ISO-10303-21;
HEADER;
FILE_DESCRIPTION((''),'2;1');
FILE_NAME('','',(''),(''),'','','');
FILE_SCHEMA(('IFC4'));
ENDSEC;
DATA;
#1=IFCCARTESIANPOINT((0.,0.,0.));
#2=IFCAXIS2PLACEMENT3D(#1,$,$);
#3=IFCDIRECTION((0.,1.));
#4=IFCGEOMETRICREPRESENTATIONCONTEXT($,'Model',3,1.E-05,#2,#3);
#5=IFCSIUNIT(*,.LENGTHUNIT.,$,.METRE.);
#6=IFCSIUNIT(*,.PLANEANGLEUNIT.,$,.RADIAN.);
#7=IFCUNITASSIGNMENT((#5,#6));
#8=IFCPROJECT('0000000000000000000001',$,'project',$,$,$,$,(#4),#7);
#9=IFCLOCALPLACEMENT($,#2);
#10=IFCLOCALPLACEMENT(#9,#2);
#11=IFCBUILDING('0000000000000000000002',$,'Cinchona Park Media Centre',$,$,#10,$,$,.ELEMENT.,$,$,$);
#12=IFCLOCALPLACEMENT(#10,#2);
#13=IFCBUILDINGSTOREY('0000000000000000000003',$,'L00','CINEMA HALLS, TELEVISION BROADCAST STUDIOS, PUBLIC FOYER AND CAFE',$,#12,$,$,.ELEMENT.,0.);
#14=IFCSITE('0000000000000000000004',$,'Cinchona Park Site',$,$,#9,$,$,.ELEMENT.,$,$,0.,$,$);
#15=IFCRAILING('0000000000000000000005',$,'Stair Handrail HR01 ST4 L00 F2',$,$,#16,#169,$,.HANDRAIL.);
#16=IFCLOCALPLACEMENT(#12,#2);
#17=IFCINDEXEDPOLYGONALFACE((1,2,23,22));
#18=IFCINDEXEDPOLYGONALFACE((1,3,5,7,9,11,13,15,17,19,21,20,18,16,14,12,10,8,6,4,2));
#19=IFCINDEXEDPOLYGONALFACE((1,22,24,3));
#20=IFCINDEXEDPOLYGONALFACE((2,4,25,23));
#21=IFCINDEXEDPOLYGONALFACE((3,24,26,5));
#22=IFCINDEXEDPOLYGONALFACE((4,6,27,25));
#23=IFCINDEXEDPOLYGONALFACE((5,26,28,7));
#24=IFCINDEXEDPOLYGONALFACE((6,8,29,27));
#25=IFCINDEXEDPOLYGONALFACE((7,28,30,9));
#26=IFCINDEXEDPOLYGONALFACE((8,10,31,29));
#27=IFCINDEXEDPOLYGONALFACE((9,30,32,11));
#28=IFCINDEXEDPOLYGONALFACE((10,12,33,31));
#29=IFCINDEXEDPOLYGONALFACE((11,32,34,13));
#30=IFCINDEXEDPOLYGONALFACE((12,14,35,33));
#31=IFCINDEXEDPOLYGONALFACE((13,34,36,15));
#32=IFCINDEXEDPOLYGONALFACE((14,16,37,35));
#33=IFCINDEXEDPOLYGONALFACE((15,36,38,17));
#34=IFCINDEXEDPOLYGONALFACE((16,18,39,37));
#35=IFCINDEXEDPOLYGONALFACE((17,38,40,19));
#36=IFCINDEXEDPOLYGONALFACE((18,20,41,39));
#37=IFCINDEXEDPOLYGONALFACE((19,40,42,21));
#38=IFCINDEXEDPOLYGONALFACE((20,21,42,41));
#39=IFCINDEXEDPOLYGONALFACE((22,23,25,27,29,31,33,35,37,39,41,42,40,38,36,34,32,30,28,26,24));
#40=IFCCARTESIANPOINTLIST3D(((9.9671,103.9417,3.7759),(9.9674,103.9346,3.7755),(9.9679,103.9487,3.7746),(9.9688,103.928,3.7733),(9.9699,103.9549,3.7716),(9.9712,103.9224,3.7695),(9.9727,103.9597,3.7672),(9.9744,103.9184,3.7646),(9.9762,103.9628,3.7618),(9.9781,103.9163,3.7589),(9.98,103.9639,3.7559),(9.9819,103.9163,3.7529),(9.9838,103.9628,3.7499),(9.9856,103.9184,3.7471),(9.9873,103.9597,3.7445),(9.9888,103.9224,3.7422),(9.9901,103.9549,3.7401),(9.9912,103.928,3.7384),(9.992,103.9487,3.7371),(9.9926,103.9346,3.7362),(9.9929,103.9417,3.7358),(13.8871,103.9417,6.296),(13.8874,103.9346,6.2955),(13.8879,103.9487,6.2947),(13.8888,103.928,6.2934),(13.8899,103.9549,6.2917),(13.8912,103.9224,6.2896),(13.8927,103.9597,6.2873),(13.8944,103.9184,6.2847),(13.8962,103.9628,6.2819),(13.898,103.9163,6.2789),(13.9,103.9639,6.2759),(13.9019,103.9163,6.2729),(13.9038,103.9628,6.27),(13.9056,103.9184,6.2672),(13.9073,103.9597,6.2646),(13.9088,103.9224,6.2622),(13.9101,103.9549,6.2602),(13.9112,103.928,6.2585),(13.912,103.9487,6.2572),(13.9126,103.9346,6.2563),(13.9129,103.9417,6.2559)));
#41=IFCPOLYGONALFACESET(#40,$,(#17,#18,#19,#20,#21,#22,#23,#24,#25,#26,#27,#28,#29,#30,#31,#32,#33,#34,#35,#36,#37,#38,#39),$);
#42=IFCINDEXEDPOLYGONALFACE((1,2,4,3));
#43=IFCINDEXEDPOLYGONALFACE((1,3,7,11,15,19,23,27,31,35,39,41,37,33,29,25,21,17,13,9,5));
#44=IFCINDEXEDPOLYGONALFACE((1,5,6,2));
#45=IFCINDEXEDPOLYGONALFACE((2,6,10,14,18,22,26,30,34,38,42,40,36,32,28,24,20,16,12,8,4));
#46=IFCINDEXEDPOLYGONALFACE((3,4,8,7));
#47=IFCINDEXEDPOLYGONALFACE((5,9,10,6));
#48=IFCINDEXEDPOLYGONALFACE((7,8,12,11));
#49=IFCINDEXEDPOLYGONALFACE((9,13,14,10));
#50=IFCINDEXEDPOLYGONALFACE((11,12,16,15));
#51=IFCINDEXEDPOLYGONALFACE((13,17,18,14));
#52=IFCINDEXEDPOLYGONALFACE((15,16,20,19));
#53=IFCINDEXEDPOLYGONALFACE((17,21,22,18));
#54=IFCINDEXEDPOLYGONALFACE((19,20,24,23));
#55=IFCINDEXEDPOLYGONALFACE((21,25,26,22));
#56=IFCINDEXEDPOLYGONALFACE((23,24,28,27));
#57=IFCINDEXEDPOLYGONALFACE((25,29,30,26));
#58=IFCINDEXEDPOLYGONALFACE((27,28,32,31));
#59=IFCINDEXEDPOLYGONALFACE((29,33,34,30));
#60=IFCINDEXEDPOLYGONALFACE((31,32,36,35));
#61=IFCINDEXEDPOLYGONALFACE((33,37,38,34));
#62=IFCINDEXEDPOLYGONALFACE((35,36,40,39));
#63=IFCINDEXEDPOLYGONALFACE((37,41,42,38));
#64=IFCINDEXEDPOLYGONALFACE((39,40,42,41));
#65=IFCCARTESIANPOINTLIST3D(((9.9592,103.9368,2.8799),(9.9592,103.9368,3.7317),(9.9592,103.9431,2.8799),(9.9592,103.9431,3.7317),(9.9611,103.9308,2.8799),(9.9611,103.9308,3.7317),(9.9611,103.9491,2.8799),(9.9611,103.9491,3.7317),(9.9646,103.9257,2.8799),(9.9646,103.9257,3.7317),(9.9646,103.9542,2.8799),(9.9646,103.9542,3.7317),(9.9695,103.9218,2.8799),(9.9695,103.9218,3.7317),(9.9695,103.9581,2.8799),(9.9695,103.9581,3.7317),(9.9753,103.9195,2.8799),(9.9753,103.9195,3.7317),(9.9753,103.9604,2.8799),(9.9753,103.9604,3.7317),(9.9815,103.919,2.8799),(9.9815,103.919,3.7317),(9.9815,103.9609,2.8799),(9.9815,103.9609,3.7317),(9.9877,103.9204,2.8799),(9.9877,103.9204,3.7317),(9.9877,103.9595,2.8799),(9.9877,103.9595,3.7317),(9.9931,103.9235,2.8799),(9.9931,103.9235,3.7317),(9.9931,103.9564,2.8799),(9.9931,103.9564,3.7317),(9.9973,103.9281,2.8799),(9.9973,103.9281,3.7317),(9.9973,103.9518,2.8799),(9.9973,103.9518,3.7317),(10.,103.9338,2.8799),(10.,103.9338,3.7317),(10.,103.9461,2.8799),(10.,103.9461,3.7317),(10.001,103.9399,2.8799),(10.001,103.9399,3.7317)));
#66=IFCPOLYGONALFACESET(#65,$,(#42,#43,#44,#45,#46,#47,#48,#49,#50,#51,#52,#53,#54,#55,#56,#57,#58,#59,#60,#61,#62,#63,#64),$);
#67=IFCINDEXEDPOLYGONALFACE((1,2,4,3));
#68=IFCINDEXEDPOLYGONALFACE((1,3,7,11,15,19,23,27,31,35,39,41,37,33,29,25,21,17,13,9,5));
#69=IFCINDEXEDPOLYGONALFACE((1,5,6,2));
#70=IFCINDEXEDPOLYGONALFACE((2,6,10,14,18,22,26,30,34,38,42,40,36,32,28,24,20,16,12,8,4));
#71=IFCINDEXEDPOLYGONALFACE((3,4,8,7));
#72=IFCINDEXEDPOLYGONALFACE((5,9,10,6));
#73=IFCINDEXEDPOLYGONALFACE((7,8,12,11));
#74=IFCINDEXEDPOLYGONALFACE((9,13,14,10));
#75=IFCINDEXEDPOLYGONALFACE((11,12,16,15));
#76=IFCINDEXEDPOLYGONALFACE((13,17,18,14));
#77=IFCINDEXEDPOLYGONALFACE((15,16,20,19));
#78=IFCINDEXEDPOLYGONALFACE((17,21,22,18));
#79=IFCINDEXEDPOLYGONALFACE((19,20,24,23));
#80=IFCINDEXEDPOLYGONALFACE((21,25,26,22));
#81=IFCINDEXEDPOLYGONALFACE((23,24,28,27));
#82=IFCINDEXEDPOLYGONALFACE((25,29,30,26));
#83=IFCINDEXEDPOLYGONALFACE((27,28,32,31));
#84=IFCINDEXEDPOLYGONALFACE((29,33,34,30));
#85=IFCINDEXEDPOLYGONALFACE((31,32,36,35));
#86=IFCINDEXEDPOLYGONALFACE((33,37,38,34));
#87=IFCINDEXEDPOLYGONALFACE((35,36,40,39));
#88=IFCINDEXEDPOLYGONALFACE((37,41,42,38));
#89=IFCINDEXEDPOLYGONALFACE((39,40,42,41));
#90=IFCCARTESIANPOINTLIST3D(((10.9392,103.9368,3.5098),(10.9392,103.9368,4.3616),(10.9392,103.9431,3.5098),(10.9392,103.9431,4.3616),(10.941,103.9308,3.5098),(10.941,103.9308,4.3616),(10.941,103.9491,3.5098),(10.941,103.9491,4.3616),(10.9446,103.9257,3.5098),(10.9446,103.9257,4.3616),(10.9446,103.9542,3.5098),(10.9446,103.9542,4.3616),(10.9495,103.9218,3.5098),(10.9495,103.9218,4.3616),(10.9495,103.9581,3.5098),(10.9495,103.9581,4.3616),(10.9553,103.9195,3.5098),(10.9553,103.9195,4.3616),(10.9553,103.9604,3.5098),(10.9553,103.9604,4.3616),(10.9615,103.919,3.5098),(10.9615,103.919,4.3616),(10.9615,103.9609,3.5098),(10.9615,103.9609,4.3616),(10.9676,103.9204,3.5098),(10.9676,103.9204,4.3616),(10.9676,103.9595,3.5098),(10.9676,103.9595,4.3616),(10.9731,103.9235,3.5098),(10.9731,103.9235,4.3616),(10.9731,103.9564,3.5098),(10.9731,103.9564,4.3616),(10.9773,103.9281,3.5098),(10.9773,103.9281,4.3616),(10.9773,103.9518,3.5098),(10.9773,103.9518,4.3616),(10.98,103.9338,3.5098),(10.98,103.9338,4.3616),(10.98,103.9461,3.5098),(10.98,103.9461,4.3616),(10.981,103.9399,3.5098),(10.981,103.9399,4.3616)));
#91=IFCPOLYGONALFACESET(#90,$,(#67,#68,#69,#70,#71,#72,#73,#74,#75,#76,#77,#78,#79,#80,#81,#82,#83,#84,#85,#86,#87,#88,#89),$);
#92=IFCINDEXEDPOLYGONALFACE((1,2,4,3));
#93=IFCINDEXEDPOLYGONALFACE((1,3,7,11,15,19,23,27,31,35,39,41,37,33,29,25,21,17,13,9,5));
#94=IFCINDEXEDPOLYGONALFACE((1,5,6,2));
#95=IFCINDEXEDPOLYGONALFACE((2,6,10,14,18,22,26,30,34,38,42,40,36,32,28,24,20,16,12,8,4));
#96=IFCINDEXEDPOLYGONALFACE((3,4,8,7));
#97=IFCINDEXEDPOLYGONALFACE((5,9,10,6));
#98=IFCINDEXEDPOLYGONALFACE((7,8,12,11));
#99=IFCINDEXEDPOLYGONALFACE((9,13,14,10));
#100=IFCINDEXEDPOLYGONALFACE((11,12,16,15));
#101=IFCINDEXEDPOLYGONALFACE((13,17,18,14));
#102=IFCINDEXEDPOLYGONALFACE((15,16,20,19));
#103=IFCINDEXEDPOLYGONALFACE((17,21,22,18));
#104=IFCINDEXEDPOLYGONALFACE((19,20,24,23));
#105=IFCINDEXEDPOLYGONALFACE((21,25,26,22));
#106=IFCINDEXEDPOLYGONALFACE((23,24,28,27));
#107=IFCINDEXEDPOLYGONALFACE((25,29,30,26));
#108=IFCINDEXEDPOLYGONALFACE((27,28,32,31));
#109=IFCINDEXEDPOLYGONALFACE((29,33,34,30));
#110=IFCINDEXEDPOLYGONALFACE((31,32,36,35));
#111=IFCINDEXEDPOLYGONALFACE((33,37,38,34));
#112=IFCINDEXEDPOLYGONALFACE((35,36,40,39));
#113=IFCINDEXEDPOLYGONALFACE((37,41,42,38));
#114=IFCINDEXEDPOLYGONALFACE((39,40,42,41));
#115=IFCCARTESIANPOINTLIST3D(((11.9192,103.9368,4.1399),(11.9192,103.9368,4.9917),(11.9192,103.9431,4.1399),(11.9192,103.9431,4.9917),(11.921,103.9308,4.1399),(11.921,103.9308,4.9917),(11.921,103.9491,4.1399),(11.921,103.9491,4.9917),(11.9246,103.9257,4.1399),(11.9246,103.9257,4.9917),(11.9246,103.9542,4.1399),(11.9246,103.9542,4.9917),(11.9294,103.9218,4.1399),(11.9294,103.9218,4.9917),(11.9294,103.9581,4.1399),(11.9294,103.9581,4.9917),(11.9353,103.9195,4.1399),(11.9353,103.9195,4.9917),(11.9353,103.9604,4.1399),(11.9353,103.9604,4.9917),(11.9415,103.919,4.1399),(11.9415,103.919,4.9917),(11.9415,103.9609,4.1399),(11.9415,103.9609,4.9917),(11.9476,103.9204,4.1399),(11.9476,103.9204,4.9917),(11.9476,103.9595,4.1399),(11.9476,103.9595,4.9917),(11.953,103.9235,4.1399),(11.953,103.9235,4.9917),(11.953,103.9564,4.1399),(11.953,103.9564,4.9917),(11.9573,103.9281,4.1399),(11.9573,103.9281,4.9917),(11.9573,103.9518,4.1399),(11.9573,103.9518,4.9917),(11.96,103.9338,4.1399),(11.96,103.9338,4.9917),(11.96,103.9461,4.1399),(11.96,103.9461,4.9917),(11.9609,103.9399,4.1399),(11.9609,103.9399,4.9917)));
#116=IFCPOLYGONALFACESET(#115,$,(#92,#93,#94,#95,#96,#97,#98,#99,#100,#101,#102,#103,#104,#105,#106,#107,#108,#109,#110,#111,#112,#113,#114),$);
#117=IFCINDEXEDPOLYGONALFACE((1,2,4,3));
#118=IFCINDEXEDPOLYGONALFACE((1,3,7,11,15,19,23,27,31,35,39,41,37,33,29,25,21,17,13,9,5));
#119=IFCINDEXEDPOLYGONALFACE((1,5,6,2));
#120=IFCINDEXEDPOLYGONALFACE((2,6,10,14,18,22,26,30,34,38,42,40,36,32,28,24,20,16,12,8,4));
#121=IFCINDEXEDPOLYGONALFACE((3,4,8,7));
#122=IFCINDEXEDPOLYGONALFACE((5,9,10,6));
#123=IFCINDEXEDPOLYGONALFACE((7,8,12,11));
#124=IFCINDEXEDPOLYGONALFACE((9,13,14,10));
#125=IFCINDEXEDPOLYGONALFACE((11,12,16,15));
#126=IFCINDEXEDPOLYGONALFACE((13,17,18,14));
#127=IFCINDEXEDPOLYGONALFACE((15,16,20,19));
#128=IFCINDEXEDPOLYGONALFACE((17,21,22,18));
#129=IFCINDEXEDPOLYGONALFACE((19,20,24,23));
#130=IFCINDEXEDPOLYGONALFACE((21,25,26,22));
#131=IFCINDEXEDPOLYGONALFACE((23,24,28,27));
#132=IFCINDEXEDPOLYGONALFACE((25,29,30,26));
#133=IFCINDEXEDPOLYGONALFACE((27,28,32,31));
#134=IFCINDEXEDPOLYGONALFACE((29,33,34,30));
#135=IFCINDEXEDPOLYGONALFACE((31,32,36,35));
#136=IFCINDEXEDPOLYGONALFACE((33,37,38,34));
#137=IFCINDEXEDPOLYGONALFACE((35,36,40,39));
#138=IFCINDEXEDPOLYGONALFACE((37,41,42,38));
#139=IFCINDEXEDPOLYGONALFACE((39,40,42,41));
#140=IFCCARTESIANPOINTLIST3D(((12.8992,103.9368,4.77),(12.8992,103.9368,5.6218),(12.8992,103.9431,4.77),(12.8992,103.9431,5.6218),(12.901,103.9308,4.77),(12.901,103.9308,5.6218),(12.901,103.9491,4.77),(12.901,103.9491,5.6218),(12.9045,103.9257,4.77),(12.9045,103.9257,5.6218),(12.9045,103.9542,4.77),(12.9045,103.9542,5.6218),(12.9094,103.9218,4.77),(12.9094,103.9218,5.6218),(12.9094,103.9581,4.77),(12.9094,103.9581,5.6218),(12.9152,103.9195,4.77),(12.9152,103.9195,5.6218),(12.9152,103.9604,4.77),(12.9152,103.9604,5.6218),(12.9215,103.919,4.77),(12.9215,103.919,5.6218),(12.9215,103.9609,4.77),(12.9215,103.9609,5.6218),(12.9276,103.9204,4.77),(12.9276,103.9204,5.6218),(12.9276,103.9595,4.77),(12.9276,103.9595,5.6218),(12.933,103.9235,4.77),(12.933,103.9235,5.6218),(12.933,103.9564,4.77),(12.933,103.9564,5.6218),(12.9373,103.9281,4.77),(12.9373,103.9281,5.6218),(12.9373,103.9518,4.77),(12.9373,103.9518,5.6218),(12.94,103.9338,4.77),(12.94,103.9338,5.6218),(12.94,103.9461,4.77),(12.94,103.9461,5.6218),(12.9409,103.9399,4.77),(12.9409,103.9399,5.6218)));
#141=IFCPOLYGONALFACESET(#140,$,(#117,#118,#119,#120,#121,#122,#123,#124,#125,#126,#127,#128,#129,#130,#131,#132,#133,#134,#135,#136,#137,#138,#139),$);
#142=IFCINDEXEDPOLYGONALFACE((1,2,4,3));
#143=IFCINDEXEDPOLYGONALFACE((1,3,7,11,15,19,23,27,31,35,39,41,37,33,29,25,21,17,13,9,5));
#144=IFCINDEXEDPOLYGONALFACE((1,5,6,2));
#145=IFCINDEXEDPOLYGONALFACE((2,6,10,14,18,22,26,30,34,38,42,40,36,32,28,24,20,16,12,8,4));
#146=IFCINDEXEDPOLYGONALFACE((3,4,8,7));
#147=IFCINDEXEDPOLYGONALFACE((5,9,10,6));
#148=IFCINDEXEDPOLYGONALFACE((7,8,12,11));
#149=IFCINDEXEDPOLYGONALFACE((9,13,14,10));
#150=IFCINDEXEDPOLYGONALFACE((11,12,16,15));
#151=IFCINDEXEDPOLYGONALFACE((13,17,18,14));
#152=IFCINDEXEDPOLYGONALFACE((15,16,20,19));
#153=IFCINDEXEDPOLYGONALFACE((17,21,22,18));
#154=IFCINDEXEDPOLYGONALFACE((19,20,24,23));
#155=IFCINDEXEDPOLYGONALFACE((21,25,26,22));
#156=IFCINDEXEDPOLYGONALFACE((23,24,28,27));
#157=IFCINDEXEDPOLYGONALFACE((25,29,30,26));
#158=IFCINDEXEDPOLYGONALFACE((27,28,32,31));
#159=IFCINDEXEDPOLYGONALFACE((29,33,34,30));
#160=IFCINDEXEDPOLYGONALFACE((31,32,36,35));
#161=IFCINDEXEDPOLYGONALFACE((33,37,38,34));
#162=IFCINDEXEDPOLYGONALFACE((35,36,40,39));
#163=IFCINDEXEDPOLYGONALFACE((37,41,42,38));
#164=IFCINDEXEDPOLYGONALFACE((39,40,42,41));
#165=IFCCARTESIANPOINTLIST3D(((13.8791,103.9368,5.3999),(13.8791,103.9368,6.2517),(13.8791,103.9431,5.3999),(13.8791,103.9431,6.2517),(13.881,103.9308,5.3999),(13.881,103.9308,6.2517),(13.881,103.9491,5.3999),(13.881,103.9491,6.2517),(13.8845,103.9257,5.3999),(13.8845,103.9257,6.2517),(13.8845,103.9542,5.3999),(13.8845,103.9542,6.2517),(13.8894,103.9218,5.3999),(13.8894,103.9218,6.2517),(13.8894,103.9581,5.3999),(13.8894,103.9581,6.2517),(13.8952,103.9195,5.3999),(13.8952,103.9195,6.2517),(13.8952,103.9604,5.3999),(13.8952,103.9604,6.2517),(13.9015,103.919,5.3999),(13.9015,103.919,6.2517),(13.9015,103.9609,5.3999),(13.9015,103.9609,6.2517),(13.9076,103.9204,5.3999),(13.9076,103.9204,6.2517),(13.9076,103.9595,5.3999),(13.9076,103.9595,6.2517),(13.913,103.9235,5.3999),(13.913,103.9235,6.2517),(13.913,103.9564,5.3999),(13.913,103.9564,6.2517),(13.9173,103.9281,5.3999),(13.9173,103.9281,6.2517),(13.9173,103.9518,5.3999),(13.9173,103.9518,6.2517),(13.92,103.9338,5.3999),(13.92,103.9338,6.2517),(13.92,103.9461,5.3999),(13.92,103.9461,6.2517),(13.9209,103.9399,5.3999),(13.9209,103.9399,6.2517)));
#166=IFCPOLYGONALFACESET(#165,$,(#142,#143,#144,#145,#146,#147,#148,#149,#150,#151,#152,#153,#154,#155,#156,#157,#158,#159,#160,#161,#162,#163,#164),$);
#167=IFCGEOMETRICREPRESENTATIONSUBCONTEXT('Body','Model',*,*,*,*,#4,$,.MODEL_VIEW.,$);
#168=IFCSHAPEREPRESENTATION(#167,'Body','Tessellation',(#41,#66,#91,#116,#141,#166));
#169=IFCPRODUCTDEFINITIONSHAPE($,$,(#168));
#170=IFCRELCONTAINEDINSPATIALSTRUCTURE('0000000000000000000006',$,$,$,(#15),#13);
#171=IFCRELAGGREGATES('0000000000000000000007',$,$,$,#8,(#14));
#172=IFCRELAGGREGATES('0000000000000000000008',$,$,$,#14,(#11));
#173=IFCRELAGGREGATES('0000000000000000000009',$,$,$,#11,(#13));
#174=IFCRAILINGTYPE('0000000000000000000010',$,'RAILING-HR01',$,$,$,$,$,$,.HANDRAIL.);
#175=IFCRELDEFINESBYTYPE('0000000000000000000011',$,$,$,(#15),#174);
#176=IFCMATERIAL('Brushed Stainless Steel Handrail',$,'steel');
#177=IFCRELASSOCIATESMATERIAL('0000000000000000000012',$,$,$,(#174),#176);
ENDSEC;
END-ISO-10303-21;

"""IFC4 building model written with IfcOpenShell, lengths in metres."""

from ifc_helpers import new_model, si_unit, direction, frame, origin, origin_2d, place, context, subcontext, project, spatial, circle, extrude, material, type_object, element, save


model = new_model("IFC4")

# Units and contexts
model_context = context("Model", 3, precision=1e-05, world=origin(), true_north=direction((0.0, 1.0)))
body_context = subcontext(model_context, "Body", "Model", "MODEL_VIEW")
ifc_project = project(units=[si_unit("LENGTHUNIT", "METRE"), si_unit("PLANEANGLEUNIT", "RADIAN")], contexts=[model_context])

# Site, building, storey
site_placement = place(None, origin())
site = spatial("IfcSite", under=ifc_project, at=site_placement, Name="Cinchona Park Site", CompositionType="ELEMENT", RefElevation=0.0)
building_placement = place(site_placement, origin())
building = spatial("IfcBuilding", under=site, at=building_placement, Name="Cinchona Park Media Centre", CompositionType="ELEMENT")
storey_placement = place(building_placement, origin())
storey = spatial("IfcBuildingStorey", under=building, at=storey_placement, Name="L00", Description="CINEMA HALLS, TELEVISION BROADCAST STUDIOS, PUBLIC FOYER AND CAFE", CompositionType="ELEMENT", Elevation=0.0)

# Railing
ifc_material_1 = material(Name="Brushed Stainless Steel Handrail", Category="steel")
railing_type_1 = type_object("IfcRailingType", Name="RAILING-HR01", PredefinedType="HANDRAIL", material=ifc_material_1)
railing_1_placement = place(storey_placement, frame((9.98, 103.9399, 2.8799)))
element("IfcRailing", 1, at=railing_1_placement, inside=storey, type_object=railing_type_1, Name="Stair Handrail HR01 ST4 L00 F2", PredefinedType="HANDRAIL", context=body_context, shape_type="SweptSolid", body=[
    extrude(circle(Radius=0.0239, at=origin_2d()), frame((0.0, 0.0, 0.876), z_axis=(0.841172, 0.0, 0.540768), x_axis=(0.0, 1.0, 0.0)), (0.0, 0.0, 1.0), 4.6602),
    extrude(circle(Radius=0.021, at=origin_2d()), origin(), (0.0, 0.0, 1.0), 0.8518),
    extrude(circle(Radius=0.021, at=origin_2d()), frame((0.98, 0.0, 0.6299)), (0.0, 0.0, 1.0), 0.8518),
    extrude(circle(Radius=0.021, at=origin_2d()), frame((1.96, 0.0, 1.26)), (0.0, 0.0, 1.0), 0.8518),
    extrude(circle(Radius=0.021, at=origin_2d()), frame((2.9399, 0.0, 1.8901)), (0.0, 0.0, 1.0), 0.8518),
    extrude(circle(Radius=0.021, at=origin_2d()), frame((3.9199, 0.0, 2.52)), (0.0, 0.0, 1.0), 0.8518),
])

save(model, "model.ifc")
